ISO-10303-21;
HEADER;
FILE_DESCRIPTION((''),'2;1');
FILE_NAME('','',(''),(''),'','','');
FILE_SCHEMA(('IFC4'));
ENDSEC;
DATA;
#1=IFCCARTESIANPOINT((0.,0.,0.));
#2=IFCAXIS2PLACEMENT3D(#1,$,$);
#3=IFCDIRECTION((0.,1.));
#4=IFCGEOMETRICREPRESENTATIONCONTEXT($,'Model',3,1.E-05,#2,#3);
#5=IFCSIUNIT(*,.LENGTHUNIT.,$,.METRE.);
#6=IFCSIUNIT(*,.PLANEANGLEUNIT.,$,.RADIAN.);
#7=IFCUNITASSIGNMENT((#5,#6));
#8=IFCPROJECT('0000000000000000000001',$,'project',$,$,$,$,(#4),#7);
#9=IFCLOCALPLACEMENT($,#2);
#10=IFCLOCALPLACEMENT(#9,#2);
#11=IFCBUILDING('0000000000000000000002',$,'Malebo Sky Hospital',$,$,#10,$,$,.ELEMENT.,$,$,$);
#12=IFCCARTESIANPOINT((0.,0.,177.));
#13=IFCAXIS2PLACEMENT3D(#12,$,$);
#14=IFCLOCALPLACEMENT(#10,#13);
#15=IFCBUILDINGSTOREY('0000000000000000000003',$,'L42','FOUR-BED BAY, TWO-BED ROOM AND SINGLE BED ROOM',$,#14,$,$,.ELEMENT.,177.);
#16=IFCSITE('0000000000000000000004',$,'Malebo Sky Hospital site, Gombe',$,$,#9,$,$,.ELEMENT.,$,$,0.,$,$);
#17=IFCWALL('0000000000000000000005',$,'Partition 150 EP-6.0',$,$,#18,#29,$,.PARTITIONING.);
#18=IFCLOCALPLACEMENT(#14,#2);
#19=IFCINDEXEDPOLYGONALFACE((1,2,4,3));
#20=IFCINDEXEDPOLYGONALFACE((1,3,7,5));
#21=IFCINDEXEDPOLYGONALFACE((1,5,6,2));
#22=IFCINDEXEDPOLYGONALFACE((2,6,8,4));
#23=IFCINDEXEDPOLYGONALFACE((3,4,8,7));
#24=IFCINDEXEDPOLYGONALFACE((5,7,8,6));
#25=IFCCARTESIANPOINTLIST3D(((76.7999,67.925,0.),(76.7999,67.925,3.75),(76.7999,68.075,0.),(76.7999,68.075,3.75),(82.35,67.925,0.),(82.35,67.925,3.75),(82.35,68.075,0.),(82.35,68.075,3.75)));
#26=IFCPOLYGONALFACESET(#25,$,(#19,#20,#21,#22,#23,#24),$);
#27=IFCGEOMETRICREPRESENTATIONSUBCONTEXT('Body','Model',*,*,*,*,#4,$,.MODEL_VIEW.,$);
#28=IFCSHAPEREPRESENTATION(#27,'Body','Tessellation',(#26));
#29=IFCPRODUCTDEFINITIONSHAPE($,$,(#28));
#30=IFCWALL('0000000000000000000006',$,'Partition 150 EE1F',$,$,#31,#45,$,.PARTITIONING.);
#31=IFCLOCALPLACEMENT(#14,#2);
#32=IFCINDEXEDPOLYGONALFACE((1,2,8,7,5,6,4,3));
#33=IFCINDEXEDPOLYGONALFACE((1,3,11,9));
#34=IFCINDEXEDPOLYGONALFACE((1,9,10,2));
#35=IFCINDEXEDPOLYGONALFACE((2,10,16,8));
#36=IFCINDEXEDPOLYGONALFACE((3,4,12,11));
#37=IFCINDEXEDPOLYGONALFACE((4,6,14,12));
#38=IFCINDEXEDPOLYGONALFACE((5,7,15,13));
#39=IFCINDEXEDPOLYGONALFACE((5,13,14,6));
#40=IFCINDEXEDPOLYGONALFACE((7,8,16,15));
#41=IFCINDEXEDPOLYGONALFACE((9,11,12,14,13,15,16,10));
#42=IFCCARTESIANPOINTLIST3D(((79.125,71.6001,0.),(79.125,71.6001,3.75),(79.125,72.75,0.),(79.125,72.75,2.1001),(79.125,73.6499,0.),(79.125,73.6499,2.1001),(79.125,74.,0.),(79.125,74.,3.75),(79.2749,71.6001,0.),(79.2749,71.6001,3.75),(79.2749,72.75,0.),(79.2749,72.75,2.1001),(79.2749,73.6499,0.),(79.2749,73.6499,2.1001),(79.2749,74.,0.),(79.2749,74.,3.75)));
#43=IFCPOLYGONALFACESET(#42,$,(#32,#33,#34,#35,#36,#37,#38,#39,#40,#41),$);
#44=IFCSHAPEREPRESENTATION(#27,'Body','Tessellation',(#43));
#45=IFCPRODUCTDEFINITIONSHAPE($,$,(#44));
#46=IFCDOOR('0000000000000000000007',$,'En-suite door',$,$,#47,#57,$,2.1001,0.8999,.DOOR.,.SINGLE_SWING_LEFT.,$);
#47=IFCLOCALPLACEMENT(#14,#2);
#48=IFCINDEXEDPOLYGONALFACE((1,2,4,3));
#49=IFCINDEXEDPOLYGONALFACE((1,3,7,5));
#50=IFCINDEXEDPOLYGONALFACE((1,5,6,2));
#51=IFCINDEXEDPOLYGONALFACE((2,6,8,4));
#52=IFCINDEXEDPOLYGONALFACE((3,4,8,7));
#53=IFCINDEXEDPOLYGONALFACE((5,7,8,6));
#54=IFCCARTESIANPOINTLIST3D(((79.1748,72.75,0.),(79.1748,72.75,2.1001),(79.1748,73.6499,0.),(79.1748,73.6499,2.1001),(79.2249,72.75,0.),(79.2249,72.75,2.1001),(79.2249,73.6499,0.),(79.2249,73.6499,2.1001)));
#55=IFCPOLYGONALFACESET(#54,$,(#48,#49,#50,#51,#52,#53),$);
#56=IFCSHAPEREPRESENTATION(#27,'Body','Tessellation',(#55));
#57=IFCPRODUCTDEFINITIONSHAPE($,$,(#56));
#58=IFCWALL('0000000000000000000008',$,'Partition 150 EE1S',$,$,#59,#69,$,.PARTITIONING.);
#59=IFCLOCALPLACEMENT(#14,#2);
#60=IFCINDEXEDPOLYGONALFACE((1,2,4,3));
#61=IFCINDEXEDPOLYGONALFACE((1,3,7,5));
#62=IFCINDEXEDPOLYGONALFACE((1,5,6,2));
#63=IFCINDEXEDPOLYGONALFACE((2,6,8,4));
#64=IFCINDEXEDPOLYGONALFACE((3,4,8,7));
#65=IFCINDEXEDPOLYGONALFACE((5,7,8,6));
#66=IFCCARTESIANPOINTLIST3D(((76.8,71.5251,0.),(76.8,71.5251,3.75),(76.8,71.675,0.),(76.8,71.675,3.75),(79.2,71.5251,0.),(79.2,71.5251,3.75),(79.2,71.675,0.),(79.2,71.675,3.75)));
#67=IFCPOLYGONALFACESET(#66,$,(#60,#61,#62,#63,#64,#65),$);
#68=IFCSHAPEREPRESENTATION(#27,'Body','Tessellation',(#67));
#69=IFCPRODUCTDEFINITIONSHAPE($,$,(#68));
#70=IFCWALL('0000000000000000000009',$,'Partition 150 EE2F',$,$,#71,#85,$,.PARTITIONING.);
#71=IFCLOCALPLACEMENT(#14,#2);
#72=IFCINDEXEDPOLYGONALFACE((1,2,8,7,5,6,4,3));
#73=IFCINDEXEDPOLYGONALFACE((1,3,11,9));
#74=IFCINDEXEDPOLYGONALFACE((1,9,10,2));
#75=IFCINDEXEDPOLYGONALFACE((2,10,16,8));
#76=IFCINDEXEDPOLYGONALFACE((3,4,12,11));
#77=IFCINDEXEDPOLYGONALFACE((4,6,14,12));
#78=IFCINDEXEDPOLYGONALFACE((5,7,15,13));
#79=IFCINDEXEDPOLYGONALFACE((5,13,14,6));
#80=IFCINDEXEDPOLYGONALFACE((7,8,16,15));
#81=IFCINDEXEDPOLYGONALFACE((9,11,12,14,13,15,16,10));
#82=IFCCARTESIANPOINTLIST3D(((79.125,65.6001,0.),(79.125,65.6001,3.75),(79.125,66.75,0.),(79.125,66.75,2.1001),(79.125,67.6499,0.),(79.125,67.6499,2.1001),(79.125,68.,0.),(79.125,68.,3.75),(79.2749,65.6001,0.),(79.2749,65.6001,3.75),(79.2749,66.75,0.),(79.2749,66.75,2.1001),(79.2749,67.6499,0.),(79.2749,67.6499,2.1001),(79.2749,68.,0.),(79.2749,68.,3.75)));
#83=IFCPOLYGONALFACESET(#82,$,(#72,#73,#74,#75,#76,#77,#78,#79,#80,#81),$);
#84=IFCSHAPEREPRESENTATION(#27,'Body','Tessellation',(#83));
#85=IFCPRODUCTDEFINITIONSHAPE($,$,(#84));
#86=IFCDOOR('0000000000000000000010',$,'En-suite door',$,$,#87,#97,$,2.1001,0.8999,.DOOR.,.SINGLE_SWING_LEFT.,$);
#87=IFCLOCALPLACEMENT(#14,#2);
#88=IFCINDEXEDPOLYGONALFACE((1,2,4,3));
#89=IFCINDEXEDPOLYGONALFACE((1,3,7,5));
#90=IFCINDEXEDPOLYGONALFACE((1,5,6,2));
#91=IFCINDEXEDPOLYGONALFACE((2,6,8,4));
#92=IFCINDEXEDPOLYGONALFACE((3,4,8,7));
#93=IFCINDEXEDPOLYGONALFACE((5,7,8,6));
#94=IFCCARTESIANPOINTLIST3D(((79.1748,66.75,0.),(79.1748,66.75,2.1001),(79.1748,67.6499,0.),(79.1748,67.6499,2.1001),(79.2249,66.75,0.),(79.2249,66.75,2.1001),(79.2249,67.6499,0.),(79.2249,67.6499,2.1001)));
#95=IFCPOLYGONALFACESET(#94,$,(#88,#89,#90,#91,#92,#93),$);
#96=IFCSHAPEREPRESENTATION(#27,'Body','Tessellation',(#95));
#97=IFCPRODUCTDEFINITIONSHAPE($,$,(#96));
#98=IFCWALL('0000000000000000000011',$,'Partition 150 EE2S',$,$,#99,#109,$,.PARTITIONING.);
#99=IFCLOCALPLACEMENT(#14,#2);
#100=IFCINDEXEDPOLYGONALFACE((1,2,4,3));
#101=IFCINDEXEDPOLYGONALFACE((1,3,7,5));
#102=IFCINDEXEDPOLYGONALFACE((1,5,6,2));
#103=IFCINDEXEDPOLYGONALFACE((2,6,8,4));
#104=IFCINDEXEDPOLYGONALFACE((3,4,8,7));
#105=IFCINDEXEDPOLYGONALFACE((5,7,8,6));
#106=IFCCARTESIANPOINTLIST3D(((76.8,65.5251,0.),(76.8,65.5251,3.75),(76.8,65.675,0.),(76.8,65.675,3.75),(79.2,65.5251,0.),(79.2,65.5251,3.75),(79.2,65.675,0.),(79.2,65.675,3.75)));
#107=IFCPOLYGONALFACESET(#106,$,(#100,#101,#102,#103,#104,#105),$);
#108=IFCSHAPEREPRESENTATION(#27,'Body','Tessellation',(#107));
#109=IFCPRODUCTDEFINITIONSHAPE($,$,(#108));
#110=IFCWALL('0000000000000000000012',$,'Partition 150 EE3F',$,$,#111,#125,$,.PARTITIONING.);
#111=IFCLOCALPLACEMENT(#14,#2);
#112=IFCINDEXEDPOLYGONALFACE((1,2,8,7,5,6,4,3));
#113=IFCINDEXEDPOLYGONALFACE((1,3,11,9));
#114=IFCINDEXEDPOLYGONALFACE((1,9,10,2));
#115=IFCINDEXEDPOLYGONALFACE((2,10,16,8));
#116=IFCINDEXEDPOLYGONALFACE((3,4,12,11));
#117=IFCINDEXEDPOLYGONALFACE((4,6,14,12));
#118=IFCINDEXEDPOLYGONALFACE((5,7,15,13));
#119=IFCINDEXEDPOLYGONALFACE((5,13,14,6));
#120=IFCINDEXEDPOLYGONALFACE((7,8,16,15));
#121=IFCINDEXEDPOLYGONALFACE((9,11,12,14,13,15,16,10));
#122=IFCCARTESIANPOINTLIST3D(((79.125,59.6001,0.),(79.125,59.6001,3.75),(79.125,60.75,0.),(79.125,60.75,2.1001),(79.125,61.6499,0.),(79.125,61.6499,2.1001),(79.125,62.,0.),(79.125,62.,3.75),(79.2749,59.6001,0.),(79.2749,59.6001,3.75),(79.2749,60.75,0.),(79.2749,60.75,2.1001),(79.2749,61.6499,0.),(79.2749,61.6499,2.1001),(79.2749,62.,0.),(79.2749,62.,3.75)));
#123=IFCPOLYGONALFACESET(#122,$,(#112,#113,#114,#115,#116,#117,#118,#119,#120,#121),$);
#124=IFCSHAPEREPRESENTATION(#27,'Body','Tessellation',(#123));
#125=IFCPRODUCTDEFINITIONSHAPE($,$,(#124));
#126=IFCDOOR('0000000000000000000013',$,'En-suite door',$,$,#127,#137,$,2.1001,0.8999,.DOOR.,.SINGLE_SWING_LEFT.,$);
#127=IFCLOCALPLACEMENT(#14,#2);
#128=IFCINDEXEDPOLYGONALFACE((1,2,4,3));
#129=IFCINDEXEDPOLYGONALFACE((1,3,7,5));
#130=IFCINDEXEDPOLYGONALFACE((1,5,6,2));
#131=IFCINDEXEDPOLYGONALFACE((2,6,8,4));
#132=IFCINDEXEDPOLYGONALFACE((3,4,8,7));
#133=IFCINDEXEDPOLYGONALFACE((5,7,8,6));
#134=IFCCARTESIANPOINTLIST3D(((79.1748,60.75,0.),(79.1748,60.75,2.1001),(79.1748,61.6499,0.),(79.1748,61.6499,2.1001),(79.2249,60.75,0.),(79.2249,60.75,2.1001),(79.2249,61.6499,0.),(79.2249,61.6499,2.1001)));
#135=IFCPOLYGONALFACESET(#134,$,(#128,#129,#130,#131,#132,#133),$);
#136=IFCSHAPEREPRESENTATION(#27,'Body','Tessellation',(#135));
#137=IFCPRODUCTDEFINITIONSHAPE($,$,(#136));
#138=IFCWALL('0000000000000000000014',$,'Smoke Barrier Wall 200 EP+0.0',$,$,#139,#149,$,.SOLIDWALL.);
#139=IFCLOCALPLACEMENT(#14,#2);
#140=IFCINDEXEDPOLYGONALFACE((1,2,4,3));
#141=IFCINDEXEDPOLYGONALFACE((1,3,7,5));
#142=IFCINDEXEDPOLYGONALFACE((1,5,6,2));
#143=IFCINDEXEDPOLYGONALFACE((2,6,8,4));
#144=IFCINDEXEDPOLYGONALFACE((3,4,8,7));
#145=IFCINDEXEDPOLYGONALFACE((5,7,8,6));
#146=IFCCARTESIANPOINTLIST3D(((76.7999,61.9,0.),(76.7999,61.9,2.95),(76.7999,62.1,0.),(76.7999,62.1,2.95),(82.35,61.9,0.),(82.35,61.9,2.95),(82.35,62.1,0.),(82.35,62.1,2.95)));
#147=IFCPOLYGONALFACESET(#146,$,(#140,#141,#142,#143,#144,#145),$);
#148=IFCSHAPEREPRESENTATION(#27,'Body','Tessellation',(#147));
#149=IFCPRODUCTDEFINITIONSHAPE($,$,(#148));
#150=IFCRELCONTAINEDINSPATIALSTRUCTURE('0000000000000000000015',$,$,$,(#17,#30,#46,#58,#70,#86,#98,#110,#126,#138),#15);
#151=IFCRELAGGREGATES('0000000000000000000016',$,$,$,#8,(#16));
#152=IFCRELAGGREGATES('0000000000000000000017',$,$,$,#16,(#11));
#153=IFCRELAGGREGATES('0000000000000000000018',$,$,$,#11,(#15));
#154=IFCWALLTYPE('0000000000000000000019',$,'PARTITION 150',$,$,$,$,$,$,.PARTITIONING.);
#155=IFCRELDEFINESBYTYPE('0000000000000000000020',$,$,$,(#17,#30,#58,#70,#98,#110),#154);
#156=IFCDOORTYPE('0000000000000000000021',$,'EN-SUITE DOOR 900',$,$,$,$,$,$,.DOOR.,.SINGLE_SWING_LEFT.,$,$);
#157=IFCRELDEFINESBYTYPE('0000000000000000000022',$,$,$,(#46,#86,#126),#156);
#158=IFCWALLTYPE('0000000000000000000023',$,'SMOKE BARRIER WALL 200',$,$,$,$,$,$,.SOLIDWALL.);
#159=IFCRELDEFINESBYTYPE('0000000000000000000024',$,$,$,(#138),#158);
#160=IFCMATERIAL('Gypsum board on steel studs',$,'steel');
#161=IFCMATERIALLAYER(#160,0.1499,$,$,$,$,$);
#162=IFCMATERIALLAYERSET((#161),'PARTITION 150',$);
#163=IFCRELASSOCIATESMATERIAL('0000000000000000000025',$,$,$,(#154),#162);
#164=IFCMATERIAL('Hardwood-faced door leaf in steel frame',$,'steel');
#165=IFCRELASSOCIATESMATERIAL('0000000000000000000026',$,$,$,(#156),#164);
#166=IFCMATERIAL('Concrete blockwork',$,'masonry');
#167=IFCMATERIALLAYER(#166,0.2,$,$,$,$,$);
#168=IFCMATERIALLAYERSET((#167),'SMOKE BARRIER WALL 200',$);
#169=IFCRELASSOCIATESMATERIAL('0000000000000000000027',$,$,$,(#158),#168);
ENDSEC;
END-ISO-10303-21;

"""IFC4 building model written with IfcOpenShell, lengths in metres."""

from ifc_helpers import new_model, si_unit, direction, frame, frame_2d, origin, place, context, subcontext, project, spatial, rectangle, extrude, material, layer, layer_set, type_object, element, fill, save


model = new_model("IFC4")

# Units and contexts
model_context = context("Model", 3, precision=1e-05, world=origin(), true_north=direction((0.0, 1.0)))
body_context = subcontext(model_context, "Body", "Model", "MODEL_VIEW")
ifc_project = project(units=[si_unit("LENGTHUNIT", "METRE"), si_unit("PLANEANGLEUNIT", "RADIAN")], contexts=[model_context])

# Site, building, storey
site_placement = place(None, origin())
site = spatial("IfcSite", under=ifc_project, at=site_placement, Name="Malebo Sky Hospital site, Gombe", CompositionType="ELEMENT", RefElevation=0.0)
building_placement = place(site_placement, origin())
building = spatial("IfcBuilding", under=site, at=building_placement, Name="Malebo Sky Hospital", CompositionType="ELEMENT")
storey_placement = place(building_placement, frame((0.0, 0.0, 177.0)))
storey = spatial("IfcBuildingStorey", under=building, at=storey_placement, Name="L42", Description="FOUR-BED BAY, TWO-BED ROOM AND SINGLE BED ROOM", CompositionType="ELEMENT", Elevation=177.0)

# Wall
ifc_material_1 = material(Name="Gypsum board on steel studs", Category="steel")
ifc_layer_1 = layer(ifc_material_1, 0.1499)
ifc_layer_set_1 = layer_set([ifc_layer_1], Name="PARTITION 150")
wall_type_1 = type_object("IfcWallType", Name="PARTITION 150", PredefinedType="PARTITIONING", material=ifc_layer_set_1)
for number, where, z_axis, x_axis, name in (
    (1, (76.8, 68.0, 0.0), (0.0, 0.0, 1.0), (1.0, 0.0, 0.0), "Partition 150 EP-6.0"),
):
    element("IfcWall", number, at=place(storey_placement, frame(where, z_axis=z_axis, x_axis=x_axis)), inside=storey, type_object=wall_type_1, Name=name, PredefinedType="PARTITIONING", context=body_context, shape_type="SweptSolid", body=[
        extrude(rectangle(XDim=5.55, YDim=0.1499, at=frame_2d((2.7749, 0.0))), origin(), (0.0, 0.0, 1.0), 3.75),
    ])

# Wall, opening, door
wall_1_placement = place(storey_placement, frame((79.2, 74.0, 0.0), z_axis=(0.0, 0.0, 1.0), x_axis=(0.0, -1.0, 0.0)))
wall_1 = element("IfcWall", 2, at=wall_1_placement, inside=storey, type_object=wall_type_1, Name="Partition 150 EE1F", PredefinedType="PARTITIONING", context=body_context, shape_type="SweptSolid", body=[
    extrude(rectangle(XDim=2.3999, YDim=0.1499, at=frame_2d((1.2, 0.0))), origin(), (0.0, 0.0, 1.0), 3.75),
])
opening_1_placement = place(wall_1_placement, frame((0.3501, 0.0, 0.0)))
opening_1 = element("IfcOpeningElement", 3, at=opening_1_placement, cuts=wall_1, PredefinedType="OPENING", context=body_context, shape_type="SweptSolid", body=[
    extrude(rectangle(XDim=0.8999, YDim=2.1001, at=frame_2d((0.45, 1.05))), frame((0.0, 0.085, 0.0), z_axis=(0.0, -1.0, 0.0), x_axis=(1.0, 0.0, 0.0)), (0.0, 0.0, 1.0), 0.1699),
])
ifc_material_2 = material(Name="Hardwood-faced door leaf in steel frame", Category="steel")
door_type = type_object("IfcDoorType", Name="EN-SUITE DOOR 900", OperationType="SINGLE_SWING_LEFT", PredefinedType="DOOR", material=ifc_material_2)
door_1_placement = place(opening_1_placement, origin())
door_1 = element("IfcDoor", 4, at=door_1_placement, inside=storey, type_object=door_type, Name="En-suite door", OperationType="SINGLE_SWING_LEFT", OverallHeight=2.1001, OverallWidth=0.8999, PredefinedType="DOOR", context=body_context, shape_type="SweptSolid", body=[
    extrude(rectangle(XDim=0.8999, YDim=2.1001, at=frame_2d((0.45, 1.05))), frame((0.0, 0.0249, 0.0), z_axis=(0.0, -1.0, 0.0), x_axis=(1.0, 0.0, 0.0)), (0.0, 0.0, 1.0), 0.05),
])
fill(opening_1, door_1)

# Wall
wall_2_placement = place(storey_placement, frame((76.8, 71.6001, 0.0), z_axis=(0.0, 0.0, 1.0), x_axis=(1.0, 0.0, 0.0)))
element("IfcWall", 5, at=wall_2_placement, inside=storey, type_object=wall_type_1, Name="Partition 150 EE1S", PredefinedType="PARTITIONING", context=body_context, shape_type="SweptSolid", body=[
    extrude(rectangle(XDim=2.3999, YDim=0.1499, at=frame_2d((1.2, 0.0))), origin(), (0.0, 0.0, 1.0), 3.75),
])

# Wall, opening, door
wall_3_placement = place(storey_placement, frame((79.2, 68.0, 0.0), z_axis=(0.0, 0.0, 1.0), x_axis=(0.0, -1.0, 0.0)))
wall_3 = element("IfcWall", 6, at=wall_3_placement, inside=storey, type_object=wall_type_1, Name="Partition 150 EE2F", PredefinedType="PARTITIONING", context=body_context, shape_type="SweptSolid", body=[
    extrude(rectangle(XDim=2.3999, YDim=0.1499, at=frame_2d((1.2, 0.0))), origin(), (0.0, 0.0, 1.0), 3.75),
])
opening_2_placement = place(wall_3_placement, frame((0.3501, 0.0, 0.0)))
opening_2 = element("IfcOpeningElement", 7, at=opening_2_placement, cuts=wall_3, PredefinedType="OPENING", context=body_context, shape_type="SweptSolid", body=[
    extrude(rectangle(XDim=0.8999, YDim=2.1001, at=frame_2d((0.45, 1.05))), frame((0.0, 0.085, 0.0), z_axis=(0.0, -1.0, 0.0), x_axis=(1.0, 0.0, 0.0)), (0.0, 0.0, 1.0), 0.1699),
])
door_2_placement = place(opening_2_placement, origin())
door_2 = element("IfcDoor", 8, at=door_2_placement, inside=storey, type_object=door_type, Name="En-suite door", OperationType="SINGLE_SWING_LEFT", OverallHeight=2.1001, OverallWidth=0.8999, PredefinedType="DOOR", context=body_context, shape_type="SweptSolid", body=[
    extrude(rectangle(XDim=0.8999, YDim=2.1001, at=frame_2d((0.45, 1.05))), frame((0.0, 0.0249, 0.0), z_axis=(0.0, -1.0, 0.0), x_axis=(1.0, 0.0, 0.0)), (0.0, 0.0, 1.0), 0.05),
])
fill(opening_2, door_2)

# Wall
wall_4_placement = place(storey_placement, frame((76.8, 65.6001, 0.0), z_axis=(0.0, 0.0, 1.0), x_axis=(1.0, 0.0, 0.0)))
element("IfcWall", 9, at=wall_4_placement, inside=storey, type_object=wall_type_1, Name="Partition 150 EE2S", PredefinedType="PARTITIONING", context=body_context, shape_type="SweptSolid", body=[
    extrude(rectangle(XDim=2.3999, YDim=0.1499, at=frame_2d((1.2, 0.0))), origin(), (0.0, 0.0, 1.0), 3.75),
])

# Wall, opening, door
wall_5_placement = place(storey_placement, frame((79.2, 62.0, 0.0), z_axis=(0.0, 0.0, 1.0), x_axis=(0.0, -1.0, 0.0)))
wall_5 = element("IfcWall", 10, at=wall_5_placement, inside=storey, type_object=wall_type_1, Name="Partition 150 EE3F", PredefinedType="PARTITIONING", context=body_context, shape_type="SweptSolid", body=[
    extrude(rectangle(XDim=2.3999, YDim=0.1499, at=frame_2d((1.2, 0.0))), origin(), (0.0, 0.0, 1.0), 3.75),
])
opening_3_placement = place(wall_5_placement, frame((0.3501, 0.0, 0.0)))
opening_3 = element("IfcOpeningElement", 11, at=opening_3_placement, cuts=wall_5, PredefinedType="OPENING", context=body_context, shape_type="SweptSolid", body=[
    extrude(rectangle(XDim=0.8999, YDim=2.1001, at=frame_2d((0.45, 1.05))), frame((0.0, 0.085, 0.0), z_axis=(0.0, -1.0, 0.0), x_axis=(1.0, 0.0, 0.0)), (0.0, 0.0, 1.0), 0.1699),
])
door_3_placement = place(opening_3_placement, origin())
door_3 = element("IfcDoor", 12, at=door_3_placement, inside=storey, type_object=door_type, Name="En-suite door", OperationType="SINGLE_SWING_LEFT", OverallHeight=2.1001, OverallWidth=0.8999, PredefinedType="DOOR", context=body_context, shape_type="SweptSolid", body=[
    extrude(rectangle(XDim=0.8999, YDim=2.1001, at=frame_2d((0.45, 1.05))), frame((0.0, 0.0249, 0.0), z_axis=(0.0, -1.0, 0.0), x_axis=(1.0, 0.0, 0.0)), (0.0, 0.0, 1.0), 0.05),
])
fill(opening_3, door_3)

# Wall
ifc_material_3 = material(Name="Concrete blockwork", Category="masonry")
ifc_layer_2 = layer(ifc_material_3, 0.2)
ifc_layer_set_2 = layer_set([ifc_layer_2], Name="SMOKE BARRIER WALL 200")
wall_type_2 = type_object("IfcWallType", Name="SMOKE BARRIER WALL 200", PredefinedType="SOLIDWALL", material=ifc_layer_set_2)
wall_6_placement = place(storey_placement, frame((76.8, 62.0, 0.0), z_axis=(0.0, 0.0, 1.0), x_axis=(1.0, 0.0, 0.0)))
element("IfcWall", 13, at=wall_6_placement, inside=storey, type_object=wall_type_2, Name="Smoke Barrier Wall 200 EP+0.0", PredefinedType="SOLIDWALL", context=body_context, shape_type="SweptSolid", body=[
    extrude(rectangle(XDim=5.55, YDim=0.2, at=frame_2d((2.7749, 0.0))), origin(), (0.0, 0.0, 1.0), 2.95),
])

save(model, "model.ifc")
